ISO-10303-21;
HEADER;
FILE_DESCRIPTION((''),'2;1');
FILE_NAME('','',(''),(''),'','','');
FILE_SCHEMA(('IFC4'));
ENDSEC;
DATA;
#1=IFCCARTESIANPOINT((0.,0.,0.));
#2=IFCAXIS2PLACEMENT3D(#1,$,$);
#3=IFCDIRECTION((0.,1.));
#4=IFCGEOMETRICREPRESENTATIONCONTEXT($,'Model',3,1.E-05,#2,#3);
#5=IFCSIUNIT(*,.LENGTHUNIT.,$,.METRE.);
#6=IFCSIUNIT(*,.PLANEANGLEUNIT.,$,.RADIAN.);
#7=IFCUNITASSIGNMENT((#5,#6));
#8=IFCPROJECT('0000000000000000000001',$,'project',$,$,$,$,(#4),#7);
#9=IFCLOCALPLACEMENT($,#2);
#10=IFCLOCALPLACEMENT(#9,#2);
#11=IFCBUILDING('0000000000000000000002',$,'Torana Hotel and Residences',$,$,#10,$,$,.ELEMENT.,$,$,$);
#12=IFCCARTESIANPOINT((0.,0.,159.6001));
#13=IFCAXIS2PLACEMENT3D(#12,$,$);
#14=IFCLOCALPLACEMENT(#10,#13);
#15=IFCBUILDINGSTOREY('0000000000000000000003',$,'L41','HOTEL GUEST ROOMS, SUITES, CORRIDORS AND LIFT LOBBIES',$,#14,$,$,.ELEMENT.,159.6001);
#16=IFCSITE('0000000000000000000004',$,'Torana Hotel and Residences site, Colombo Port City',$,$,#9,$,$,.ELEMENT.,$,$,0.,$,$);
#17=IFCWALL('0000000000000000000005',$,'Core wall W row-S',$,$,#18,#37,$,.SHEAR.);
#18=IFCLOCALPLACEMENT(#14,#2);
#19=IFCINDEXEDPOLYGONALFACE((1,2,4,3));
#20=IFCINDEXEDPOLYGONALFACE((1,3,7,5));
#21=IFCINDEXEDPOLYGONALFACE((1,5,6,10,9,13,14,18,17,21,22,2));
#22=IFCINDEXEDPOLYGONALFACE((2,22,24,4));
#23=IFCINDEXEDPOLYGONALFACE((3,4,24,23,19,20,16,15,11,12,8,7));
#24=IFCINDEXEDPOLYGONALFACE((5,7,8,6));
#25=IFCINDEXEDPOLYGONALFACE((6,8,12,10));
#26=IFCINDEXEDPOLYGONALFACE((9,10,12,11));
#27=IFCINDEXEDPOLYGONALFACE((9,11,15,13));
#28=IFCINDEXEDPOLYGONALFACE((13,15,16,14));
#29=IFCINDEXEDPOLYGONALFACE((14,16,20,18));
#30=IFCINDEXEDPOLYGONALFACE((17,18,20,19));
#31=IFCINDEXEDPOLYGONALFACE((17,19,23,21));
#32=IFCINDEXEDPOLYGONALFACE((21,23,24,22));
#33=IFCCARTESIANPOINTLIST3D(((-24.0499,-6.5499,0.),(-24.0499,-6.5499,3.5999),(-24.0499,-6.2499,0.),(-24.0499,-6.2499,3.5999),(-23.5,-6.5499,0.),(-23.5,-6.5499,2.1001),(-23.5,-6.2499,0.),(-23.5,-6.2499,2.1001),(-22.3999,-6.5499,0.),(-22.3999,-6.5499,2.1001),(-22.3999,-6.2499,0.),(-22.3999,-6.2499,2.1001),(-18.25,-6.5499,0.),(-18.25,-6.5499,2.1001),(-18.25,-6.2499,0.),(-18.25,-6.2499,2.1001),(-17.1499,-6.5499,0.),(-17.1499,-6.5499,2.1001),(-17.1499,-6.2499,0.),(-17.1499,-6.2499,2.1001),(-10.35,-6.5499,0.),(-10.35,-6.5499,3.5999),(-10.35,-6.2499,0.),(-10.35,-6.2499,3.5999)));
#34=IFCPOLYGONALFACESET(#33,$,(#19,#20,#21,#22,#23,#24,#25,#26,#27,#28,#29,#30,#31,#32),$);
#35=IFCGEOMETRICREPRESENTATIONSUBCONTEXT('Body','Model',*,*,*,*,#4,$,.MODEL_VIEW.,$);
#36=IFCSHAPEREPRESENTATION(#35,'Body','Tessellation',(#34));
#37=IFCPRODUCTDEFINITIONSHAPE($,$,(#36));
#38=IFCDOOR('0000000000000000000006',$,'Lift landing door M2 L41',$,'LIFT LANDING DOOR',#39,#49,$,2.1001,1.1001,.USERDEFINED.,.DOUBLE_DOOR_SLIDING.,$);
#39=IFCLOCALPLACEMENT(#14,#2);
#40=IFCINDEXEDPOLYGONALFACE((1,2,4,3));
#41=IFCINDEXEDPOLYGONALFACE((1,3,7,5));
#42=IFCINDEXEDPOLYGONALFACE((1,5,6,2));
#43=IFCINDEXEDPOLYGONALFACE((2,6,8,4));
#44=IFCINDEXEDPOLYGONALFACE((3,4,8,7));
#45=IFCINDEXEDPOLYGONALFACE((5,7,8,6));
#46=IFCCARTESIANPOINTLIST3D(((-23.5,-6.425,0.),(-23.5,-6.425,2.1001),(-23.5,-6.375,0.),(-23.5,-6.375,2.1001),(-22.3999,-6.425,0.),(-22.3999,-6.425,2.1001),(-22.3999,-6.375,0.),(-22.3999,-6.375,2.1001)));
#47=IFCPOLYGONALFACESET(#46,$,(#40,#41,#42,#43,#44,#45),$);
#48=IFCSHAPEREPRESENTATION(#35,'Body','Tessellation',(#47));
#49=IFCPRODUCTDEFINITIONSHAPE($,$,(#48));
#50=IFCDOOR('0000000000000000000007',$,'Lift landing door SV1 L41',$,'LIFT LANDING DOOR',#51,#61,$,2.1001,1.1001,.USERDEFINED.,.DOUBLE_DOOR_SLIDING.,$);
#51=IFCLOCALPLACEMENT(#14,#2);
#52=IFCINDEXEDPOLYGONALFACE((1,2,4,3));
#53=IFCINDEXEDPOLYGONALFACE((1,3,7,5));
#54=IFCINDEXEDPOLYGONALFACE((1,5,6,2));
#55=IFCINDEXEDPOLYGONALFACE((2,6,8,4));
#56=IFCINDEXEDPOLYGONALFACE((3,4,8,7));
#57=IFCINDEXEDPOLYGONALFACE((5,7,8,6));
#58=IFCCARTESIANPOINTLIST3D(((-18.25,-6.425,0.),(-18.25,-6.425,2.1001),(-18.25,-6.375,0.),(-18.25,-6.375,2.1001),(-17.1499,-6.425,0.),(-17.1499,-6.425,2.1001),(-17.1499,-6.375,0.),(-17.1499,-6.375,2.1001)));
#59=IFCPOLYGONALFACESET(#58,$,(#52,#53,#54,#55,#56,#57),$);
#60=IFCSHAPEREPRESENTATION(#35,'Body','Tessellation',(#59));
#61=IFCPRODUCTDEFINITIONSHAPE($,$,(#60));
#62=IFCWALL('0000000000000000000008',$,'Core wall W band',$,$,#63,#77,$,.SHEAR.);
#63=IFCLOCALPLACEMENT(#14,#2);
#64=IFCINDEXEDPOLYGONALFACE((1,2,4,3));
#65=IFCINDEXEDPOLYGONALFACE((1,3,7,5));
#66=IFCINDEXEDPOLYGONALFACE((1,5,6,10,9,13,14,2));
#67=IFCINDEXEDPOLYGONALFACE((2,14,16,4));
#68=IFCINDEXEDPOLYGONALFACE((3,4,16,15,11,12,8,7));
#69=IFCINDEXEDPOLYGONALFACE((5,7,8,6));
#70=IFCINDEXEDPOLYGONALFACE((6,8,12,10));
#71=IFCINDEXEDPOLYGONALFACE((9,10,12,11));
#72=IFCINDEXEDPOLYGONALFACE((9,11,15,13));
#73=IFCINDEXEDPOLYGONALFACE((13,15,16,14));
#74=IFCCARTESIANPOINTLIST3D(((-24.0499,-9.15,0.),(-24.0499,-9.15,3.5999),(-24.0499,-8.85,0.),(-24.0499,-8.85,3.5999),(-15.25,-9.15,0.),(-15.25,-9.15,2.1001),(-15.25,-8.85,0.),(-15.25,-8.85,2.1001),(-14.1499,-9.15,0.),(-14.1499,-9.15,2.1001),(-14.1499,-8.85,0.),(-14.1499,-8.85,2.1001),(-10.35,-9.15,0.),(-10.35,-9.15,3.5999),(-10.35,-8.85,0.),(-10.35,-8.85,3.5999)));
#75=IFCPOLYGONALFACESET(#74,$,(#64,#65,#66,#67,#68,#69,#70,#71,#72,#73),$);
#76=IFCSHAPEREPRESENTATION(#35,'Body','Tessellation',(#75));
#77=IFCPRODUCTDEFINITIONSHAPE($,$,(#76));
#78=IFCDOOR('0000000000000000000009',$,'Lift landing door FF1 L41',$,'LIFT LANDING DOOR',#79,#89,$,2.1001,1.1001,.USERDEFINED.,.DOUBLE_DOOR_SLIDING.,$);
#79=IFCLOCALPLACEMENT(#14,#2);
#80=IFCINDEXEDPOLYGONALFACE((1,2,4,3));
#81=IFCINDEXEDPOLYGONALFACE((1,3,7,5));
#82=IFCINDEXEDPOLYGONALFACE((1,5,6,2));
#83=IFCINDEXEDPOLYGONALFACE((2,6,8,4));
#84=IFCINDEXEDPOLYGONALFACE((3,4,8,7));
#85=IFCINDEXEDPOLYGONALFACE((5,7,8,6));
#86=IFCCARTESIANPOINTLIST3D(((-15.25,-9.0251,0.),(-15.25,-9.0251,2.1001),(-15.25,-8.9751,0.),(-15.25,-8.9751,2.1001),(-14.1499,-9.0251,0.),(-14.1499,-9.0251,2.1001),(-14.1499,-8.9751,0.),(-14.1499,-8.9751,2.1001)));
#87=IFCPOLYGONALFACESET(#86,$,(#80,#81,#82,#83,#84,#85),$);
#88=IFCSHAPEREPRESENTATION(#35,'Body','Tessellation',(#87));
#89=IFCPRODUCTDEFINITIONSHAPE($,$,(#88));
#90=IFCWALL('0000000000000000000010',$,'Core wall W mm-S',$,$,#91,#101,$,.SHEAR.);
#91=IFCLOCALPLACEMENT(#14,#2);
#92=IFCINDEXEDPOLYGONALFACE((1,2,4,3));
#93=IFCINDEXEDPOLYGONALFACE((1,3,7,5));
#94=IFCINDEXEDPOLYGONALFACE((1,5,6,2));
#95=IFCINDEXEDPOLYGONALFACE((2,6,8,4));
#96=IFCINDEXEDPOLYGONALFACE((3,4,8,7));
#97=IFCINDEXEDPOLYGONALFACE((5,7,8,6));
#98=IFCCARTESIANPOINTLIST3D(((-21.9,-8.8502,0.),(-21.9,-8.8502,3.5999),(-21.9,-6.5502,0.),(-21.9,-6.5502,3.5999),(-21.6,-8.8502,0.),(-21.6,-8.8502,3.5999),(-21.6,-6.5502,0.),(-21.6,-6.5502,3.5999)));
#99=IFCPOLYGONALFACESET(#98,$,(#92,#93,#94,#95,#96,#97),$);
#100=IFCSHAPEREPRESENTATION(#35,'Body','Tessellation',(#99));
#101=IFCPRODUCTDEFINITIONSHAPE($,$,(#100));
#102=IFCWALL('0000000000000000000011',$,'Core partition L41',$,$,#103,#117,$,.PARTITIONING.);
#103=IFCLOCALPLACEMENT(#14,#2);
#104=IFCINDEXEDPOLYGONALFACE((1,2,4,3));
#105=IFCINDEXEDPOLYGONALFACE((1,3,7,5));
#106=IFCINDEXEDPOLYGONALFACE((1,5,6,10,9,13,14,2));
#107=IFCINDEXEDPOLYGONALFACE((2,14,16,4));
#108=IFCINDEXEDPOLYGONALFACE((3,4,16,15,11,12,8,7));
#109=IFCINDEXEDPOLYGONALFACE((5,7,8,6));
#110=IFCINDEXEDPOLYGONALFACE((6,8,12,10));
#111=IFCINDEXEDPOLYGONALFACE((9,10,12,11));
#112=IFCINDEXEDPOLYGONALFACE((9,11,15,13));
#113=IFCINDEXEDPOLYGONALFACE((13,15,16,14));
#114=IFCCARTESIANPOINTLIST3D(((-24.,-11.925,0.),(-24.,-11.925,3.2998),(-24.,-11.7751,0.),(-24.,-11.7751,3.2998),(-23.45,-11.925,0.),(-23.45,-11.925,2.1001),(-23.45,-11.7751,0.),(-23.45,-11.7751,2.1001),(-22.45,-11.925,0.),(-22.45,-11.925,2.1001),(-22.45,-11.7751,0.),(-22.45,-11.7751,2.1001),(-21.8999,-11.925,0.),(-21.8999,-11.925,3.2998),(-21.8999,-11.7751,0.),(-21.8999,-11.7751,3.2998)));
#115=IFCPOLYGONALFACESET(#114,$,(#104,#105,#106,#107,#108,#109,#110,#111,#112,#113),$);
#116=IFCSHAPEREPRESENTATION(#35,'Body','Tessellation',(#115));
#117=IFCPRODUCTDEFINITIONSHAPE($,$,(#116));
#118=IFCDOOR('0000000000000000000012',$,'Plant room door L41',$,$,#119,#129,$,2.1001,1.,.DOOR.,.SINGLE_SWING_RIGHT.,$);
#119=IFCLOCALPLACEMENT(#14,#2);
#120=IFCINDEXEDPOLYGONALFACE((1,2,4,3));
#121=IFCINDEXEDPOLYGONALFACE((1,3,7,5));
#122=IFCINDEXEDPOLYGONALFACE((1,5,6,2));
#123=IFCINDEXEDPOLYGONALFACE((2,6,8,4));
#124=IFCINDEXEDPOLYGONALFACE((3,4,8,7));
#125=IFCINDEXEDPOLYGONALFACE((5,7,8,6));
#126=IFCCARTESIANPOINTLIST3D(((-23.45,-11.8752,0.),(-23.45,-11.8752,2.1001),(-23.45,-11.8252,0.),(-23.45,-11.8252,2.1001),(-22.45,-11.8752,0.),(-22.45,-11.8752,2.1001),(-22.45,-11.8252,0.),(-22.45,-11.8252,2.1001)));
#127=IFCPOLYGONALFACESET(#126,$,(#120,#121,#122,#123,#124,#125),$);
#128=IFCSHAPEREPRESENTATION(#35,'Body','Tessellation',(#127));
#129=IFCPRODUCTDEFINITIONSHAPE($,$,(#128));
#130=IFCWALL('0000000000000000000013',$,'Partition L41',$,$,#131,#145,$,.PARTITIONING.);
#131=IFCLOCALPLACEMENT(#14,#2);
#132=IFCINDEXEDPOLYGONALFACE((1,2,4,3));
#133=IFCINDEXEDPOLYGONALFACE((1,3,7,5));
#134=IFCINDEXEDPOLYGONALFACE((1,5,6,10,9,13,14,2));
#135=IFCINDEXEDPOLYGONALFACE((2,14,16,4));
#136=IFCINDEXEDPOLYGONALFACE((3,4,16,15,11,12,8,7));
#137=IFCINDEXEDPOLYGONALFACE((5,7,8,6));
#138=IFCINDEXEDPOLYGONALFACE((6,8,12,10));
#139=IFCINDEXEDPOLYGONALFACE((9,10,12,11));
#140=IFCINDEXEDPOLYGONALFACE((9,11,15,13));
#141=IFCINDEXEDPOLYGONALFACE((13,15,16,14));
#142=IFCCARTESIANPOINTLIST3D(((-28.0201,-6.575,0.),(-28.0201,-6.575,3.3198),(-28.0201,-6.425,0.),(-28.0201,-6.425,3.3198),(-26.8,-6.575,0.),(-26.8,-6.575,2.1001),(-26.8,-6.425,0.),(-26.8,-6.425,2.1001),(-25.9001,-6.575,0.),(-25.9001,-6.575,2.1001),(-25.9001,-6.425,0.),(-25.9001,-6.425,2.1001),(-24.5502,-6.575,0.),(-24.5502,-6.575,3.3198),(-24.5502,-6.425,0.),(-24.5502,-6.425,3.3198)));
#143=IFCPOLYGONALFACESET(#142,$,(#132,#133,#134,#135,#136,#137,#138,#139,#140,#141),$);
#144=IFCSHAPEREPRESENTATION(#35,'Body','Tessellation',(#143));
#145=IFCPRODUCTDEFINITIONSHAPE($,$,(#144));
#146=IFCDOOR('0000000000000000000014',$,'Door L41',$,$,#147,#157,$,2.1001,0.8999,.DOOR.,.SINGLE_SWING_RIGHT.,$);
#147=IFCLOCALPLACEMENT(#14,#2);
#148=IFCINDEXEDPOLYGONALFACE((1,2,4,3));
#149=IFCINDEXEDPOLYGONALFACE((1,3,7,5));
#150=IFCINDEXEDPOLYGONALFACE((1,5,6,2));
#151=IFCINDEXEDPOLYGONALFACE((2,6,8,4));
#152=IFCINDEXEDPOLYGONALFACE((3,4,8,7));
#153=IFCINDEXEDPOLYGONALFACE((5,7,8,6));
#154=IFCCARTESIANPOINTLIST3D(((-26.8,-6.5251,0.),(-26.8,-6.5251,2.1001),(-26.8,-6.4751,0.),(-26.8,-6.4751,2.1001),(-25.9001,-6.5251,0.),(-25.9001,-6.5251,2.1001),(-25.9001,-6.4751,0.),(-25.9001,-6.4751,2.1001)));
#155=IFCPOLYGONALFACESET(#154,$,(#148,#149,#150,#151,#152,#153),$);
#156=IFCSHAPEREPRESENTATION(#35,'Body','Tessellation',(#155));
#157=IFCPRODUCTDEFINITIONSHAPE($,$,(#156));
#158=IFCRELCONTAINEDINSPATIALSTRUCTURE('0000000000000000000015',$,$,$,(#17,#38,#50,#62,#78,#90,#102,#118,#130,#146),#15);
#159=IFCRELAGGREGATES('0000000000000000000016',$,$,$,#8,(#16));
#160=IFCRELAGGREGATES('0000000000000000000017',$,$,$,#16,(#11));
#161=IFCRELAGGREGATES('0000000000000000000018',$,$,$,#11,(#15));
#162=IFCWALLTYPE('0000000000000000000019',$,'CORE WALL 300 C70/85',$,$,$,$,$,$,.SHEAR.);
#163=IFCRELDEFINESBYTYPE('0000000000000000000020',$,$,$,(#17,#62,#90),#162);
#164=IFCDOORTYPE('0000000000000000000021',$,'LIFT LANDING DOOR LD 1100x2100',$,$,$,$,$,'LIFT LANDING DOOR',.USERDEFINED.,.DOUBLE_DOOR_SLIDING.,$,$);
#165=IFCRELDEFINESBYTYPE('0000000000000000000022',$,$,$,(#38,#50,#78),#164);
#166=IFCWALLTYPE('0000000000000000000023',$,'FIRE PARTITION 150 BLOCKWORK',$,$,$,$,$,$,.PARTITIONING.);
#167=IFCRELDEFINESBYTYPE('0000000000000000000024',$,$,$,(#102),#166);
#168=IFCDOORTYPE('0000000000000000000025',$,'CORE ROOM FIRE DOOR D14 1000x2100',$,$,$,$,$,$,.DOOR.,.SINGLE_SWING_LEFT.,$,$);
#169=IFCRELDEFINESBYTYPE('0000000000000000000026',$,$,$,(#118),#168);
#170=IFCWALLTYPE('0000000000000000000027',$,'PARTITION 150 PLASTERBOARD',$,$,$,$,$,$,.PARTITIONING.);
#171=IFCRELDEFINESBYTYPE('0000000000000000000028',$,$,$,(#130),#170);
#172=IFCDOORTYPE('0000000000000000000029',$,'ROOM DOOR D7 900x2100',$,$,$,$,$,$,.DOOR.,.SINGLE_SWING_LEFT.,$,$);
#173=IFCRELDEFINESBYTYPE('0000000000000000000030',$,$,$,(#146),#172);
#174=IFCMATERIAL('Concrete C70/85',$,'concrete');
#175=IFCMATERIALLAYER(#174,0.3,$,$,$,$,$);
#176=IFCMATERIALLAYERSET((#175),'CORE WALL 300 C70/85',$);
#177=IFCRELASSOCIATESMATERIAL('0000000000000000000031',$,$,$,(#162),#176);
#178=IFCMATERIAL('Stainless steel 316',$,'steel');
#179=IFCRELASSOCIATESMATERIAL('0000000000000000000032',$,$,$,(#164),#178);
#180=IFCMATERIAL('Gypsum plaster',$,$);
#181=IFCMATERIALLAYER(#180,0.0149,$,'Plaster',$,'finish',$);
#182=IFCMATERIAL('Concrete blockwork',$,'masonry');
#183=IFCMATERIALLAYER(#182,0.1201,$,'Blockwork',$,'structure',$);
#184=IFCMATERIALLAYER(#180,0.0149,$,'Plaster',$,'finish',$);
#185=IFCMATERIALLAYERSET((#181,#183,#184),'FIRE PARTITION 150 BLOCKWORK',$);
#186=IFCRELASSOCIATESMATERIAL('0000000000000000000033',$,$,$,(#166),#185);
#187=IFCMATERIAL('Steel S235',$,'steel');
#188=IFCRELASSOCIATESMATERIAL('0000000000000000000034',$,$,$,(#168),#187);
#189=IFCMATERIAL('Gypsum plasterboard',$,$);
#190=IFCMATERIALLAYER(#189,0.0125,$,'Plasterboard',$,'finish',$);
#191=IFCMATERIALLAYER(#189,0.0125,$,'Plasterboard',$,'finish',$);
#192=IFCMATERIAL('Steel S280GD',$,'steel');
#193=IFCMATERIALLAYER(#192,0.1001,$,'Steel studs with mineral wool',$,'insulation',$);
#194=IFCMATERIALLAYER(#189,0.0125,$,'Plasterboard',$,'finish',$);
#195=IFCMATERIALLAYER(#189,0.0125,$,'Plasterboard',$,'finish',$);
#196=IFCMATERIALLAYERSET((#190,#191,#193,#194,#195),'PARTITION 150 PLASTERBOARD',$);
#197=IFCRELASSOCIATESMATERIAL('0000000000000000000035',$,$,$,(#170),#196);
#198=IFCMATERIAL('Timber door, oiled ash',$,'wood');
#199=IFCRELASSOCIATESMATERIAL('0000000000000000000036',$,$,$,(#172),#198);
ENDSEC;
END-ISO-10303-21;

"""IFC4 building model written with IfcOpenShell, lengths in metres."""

from ifc_helpers import new_model, si_unit, direction, frame, frame_2d, origin, place, context, subcontext, project, spatial, rectangle, extrude, material, layer, layer_set, type_object, element, fill, save


model = new_model("IFC4")

# Units and contexts
model_context = context("Model", 3, precision=1e-05, world=origin(), true_north=direction((0.0, 1.0)))
body_context = subcontext(model_context, "Body", "Model", "MODEL_VIEW")
ifc_project = project(units=[si_unit("LENGTHUNIT", "METRE"), si_unit("PLANEANGLEUNIT", "RADIAN")], contexts=[model_context])

# Site, building, storey
site_placement = place(None, origin())
site = spatial("IfcSite", under=ifc_project, at=site_placement, Name="Torana Hotel and Residences site, Colombo Port City", CompositionType="ELEMENT", RefElevation=0.0)
building_placement = place(site_placement, origin())
building = spatial("IfcBuilding", under=site, at=building_placement, Name="Torana Hotel and Residences", CompositionType="ELEMENT")
storey_placement = place(building_placement, frame((0.0, 0.0, 159.6001)))
storey = spatial("IfcBuildingStorey", under=building, at=storey_placement, Name="L41", Description="HOTEL GUEST ROOMS, SUITES, CORRIDORS AND LIFT LOBBIES", CompositionType="ELEMENT", Elevation=159.6001)

# Wall, openings, doors
ifc_material_1 = material(Name="Concrete C70/85", Category="concrete")
ifc_layer_1 = layer(ifc_material_1, 0.3)
ifc_layer_set_1 = layer_set([ifc_layer_1], Name="CORE WALL 300 C70/85")
wall_type_1 = type_object("IfcWallType", Name="CORE WALL 300 C70/85", PredefinedType="SHEAR", material=ifc_layer_set_1)
wall_1_placement = place(storey_placement, frame((-24.05, -6.3999, 0.0), z_axis=(0.0, 0.0, 1.0), x_axis=(1.0, 0.0, 0.0)))
wall_1 = element("IfcWall", 1, at=wall_1_placement, inside=storey, type_object=wall_type_1, Name="Core wall W row-S", PredefinedType="SHEAR", context=body_context, shape_type="SweptSolid", body=[
    extrude(rectangle(XDim=13.7, YDim=0.3, at=frame_2d((6.8501, 0.0))), origin(), (0.0, 0.0, 1.0), 3.5999),
])
opening_1_placement = place(wall_1_placement, frame((0.55, 0.0, 0.0)))
opening_1 = element("IfcOpeningElement", 2, at=opening_1_placement, cuts=wall_1, PredefinedType="OPENING", context=body_context, shape_type="SweptSolid", body=[
    extrude(rectangle(XDim=1.1001, YDim=2.1001, at=frame_2d((0.55, 1.05))), frame((0.0, 0.1599, 0.0), z_axis=(0.0, -1.0, 0.0), x_axis=(1.0, 0.0, 0.0)), (0.0, 0.0, 1.0), 0.3201),
])
opening_2_placement = place(wall_1_placement, frame((5.8, 0.0, 0.0)))
opening_2 = element("IfcOpeningElement", 3, at=opening_2_placement, cuts=wall_1, PredefinedType="OPENING", context=body_context, shape_type="SweptSolid", body=[
    extrude(rectangle(XDim=1.1001, YDim=2.1001, at=frame_2d((0.55, 1.05))), frame((0.0, 0.1599, 0.0), z_axis=(0.0, -1.0, 0.0), x_axis=(1.0, 0.0, 0.0)), (0.0, 0.0, 1.0), 0.3201),
])
ifc_material_2 = material(Name="Stainless steel 316", Category="steel")
door_type_1 = type_object("IfcDoorType", Name="LIFT LANDING DOOR LD 1100x2100", ElementType="LIFT LANDING DOOR", OperationType="DOUBLE_DOOR_SLIDING", PredefinedType="USERDEFINED", material=ifc_material_2)
door_1_placement = place(opening_1_placement, origin())
door_1 = element("IfcDoor", 4, at=door_1_placement, inside=storey, type_object=door_type_1, Name="Lift landing door M2 L41", ObjectType="LIFT LANDING DOOR", OperationType="DOUBLE_DOOR_SLIDING", OverallHeight=2.1001, OverallWidth=1.1001, PredefinedType="USERDEFINED", context=body_context, shape_type="SweptSolid", body=[
    extrude(rectangle(XDim=1.1001, YDim=2.1001, at=frame_2d((0.55, 1.05))), frame((0.0, 0.0249, 0.0), z_axis=(0.0, -1.0, 0.0), x_axis=(1.0, 0.0, 0.0)), (0.0, 0.0, 1.0), 0.05),
])
fill(opening_1, door_1)
door_2_placement = place(opening_2_placement, origin())
door_2 = element("IfcDoor", 5, at=door_2_placement, inside=storey, type_object=door_type_1, Name="Lift landing door SV1 L41", ObjectType="LIFT LANDING DOOR", OperationType="DOUBLE_DOOR_SLIDING", OverallHeight=2.1001, OverallWidth=1.1001, PredefinedType="USERDEFINED", context=body_context, shape_type="SweptSolid", body=[
    extrude(rectangle(XDim=1.1001, YDim=2.1001, at=frame_2d((0.55, 1.05))), frame((0.0, 0.0249, 0.0), z_axis=(0.0, -1.0, 0.0), x_axis=(1.0, 0.0, 0.0)), (0.0, 0.0, 1.0), 0.05),
])
fill(opening_2, door_2)

# Wall, opening, door
wall_2_placement = place(storey_placement, frame((-24.05, -9.0, 0.0), z_axis=(0.0, 0.0, 1.0), x_axis=(1.0, 0.0, 0.0)))
wall_2 = element("IfcWall", 6, at=wall_2_placement, inside=storey, type_object=wall_type_1, Name="Core wall W band", PredefinedType="SHEAR", context=body_context, shape_type="SweptSolid", body=[
    extrude(rectangle(XDim=13.7, YDim=0.3, at=frame_2d((6.8501, 0.0))), origin(), (0.0, 0.0, 1.0), 3.5999),
])
opening_3_placement = place(wall_2_placement, frame((8.8, 0.0, 0.0)))
opening_3 = element("IfcOpeningElement", 7, at=opening_3_placement, cuts=wall_2, PredefinedType="OPENING", context=body_context, shape_type="SweptSolid", body=[
    extrude(rectangle(XDim=1.1001, YDim=2.1001, at=frame_2d((0.55, 1.05))), frame((0.0, 0.1599, 0.0), z_axis=(0.0, -1.0, 0.0), x_axis=(1.0, 0.0, 0.0)), (0.0, 0.0, 1.0), 0.3201),
])
door_3_placement = place(opening_3_placement, origin())
door_3 = element("IfcDoor", 8, at=door_3_placement, inside=storey, type_object=door_type_1, Name="Lift landing door FF1 L41", ObjectType="LIFT LANDING DOOR", OperationType="DOUBLE_DOOR_SLIDING", OverallHeight=2.1001, OverallWidth=1.1001, PredefinedType="USERDEFINED", context=body_context, shape_type="SweptSolid", body=[
    extrude(rectangle(XDim=1.1001, YDim=2.1001, at=frame_2d((0.55, 1.05))), frame((0.0, 0.0249, 0.0), z_axis=(0.0, -1.0, 0.0), x_axis=(1.0, 0.0, 0.0)), (0.0, 0.0, 1.0), 0.05),
])
fill(opening_3, door_3)

# Wall
wall_3_placement = place(storey_placement, frame((-21.75, -8.8501, 0.0), z_axis=(0.0, 0.0, 1.0), x_axis=(0.0, 1.0, 0.0)))
element("IfcWall", 9, at=wall_3_placement, inside=storey, type_object=wall_type_1, Name="Core wall W mm-S", PredefinedType="SHEAR", context=body_context, shape_type="SweptSolid", body=[
    extrude(rectangle(XDim=2.3, YDim=0.3, at=frame_2d((1.1499, 0.0))), origin(), (0.0, 0.0, 1.0), 3.5999),
])

# Walls, openings, doors
ifc_material_3 = material(Name="Gypsum plaster")
ifc_layer_2 = layer(ifc_material_3, 0.0149, Name="Plaster", Category="finish")
ifc_material_4 = material(Name="Concrete blockwork", Category="masonry")
ifc_layer_3 = layer(ifc_material_4, 0.1201, Name="Blockwork", Category="structure")
ifc_layer_4 = layer(ifc_material_3, 0.0149, Name="Plaster", Category="finish")
ifc_layer_set_2 = layer_set([ifc_layer_2, ifc_layer_3, ifc_layer_4], Name="FIRE PARTITION 150 BLOCKWORK")
wall_type_2 = type_object("IfcWallType", Name="FIRE PARTITION 150 BLOCKWORK", PredefinedType="PARTITIONING", material=ifc_layer_set_2)
wall_4_placement = place(storey_placement, frame((-24.0, -11.8501, 0.0), z_axis=(0.0, 0.0, 1.0), x_axis=(1.0, 0.0, 0.0)))
wall_4 = element("IfcWall", 10, at=wall_4_placement, inside=storey, type_object=wall_type_2, Name="Core partition L41", PredefinedType="PARTITIONING", context=body_context, shape_type="SweptSolid", body=[
    extrude(rectangle(XDim=2.1001, YDim=0.1499, at=frame_2d((1.05, 0.0))), origin(), (0.0, 0.0, 1.0), 3.2998),
])
opening_4_placement = place(wall_4_placement, frame((0.55, 0.0, 0.0)))
opening_4 = element("IfcOpeningElement", 11, at=opening_4_placement, cuts=wall_4, PredefinedType="OPENING", context=body_context, shape_type="SweptSolid", body=[
    extrude(rectangle(XDim=1.0, YDim=2.1001, at=frame_2d((0.5, 1.05))), frame((0.0, 0.085, 0.0), z_axis=(0.0, -1.0, 0.0), x_axis=(1.0, 0.0, 0.0)), (0.0, 0.0, 1.0), 0.1699),
])
ifc_material_5 = material(Name="Steel S235", Category="steel")
door_type_2 = type_object("IfcDoorType", Name="CORE ROOM FIRE DOOR D14 1000x2100", OperationType="SINGLE_SWING_LEFT", PredefinedType="DOOR", material=ifc_material_5)
door_4_placement = place(opening_4_placement, origin())
door_4 = element("IfcDoor", 12, at=door_4_placement, inside=storey, type_object=door_type_2, Name="Plant room door L41", OperationType="SINGLE_SWING_RIGHT", OverallHeight=2.1001, OverallWidth=1.0, PredefinedType="DOOR", context=body_context, shape_type="SweptSolid", body=[
    extrude(rectangle(XDim=1.0, YDim=2.1001, at=frame_2d((0.5, 1.05))), frame((0.0, 0.0249, 0.0), z_axis=(0.0, -1.0, 0.0), x_axis=(1.0, 0.0, 0.0)), (0.0, 0.0, 1.0), 0.05),
])
fill(opening_4, door_4)
ifc_material_6 = material(Name="Gypsum plasterboard")
ifc_layer_5 = layer(ifc_material_6, 0.0125, Name="Plasterboard", Category="finish")
ifc_layer_6 = layer(ifc_material_6, 0.0125, Name="Plasterboard", Category="finish")
ifc_material_7 = material(Name="Steel S280GD", Category="steel")
ifc_layer_7 = layer(ifc_material_7, 0.1001, Name="Steel studs with mineral wool", Category="insulation")
ifc_layer_8 = layer(ifc_material_6, 0.0125, Name="Plasterboard", Category="finish")
ifc_layer_9 = layer(ifc_material_6, 0.0125, Name="Plasterboard", Category="finish")
ifc_layer_set_3 = layer_set([ifc_layer_5, ifc_layer_6, ifc_layer_7, ifc_layer_8, ifc_layer_9], Name="PARTITION 150 PLASTERBOARD")
wall_type_3 = type_object("IfcWallType", Name="PARTITION 150 PLASTERBOARD", PredefinedType="PARTITIONING", material=ifc_layer_set_3)
wall_5_placement = place(storey_placement, frame((-28.02, -6.5, 0.0), z_axis=(0.0, 0.0, 1.0), x_axis=(1.0, 0.0, 0.0)))
wall_5 = element("IfcWall", 13, at=wall_5_placement, inside=storey, type_object=wall_type_3, Name="Partition L41", PredefinedType="PARTITIONING", context=body_context, shape_type="SweptSolid", body=[
    extrude(rectangle(XDim=3.47, YDim=0.1499, at=frame_2d((1.7349, 0.0))), origin(), (0.0, 0.0, 1.0), 3.3198),
])
opening_5_placement = place(wall_5_placement, frame((1.22, 0.0, 0.0)))
opening_5 = element("IfcOpeningElement", 14, at=opening_5_placement, cuts=wall_5, PredefinedType="OPENING", context=body_context, shape_type="SweptSolid", body=[
    extrude(rectangle(XDim=0.8999, YDim=2.1001, at=frame_2d((0.45, 1.05))), frame((0.0, 0.085, 0.0), z_axis=(0.0, -1.0, 0.0), x_axis=(1.0, 0.0, 0.0)), (0.0, 0.0, 1.0), 0.1699),
])
ifc_material_8 = material(Name="Timber door, oiled ash", Category="wood")
door_type_3 = type_object("IfcDoorType", Name="ROOM DOOR D7 900x2100", OperationType="SINGLE_SWING_LEFT", PredefinedType="DOOR", material=ifc_material_8)
door_5_placement = place(opening_5_placement, origin())
door_5 = element("IfcDoor", 15, at=door_5_placement, inside=storey, type_object=door_type_3, Name="Door L41", OperationType="SINGLE_SWING_RIGHT", OverallHeight=2.1001, OverallWidth=0.8999, PredefinedType="DOOR", context=body_context, shape_type="SweptSolid", body=[
    extrude(rectangle(XDim=0.8999, YDim=2.1001, at=frame_2d((0.45, 1.05))), frame((0.0, 0.0249, 0.0), z_axis=(0.0, -1.0, 0.0), x_axis=(1.0, 0.0, 0.0)), (0.0, 0.0, 1.0), 0.05),
])
fill(opening_5, door_5)

save(model, "model.ifc")
